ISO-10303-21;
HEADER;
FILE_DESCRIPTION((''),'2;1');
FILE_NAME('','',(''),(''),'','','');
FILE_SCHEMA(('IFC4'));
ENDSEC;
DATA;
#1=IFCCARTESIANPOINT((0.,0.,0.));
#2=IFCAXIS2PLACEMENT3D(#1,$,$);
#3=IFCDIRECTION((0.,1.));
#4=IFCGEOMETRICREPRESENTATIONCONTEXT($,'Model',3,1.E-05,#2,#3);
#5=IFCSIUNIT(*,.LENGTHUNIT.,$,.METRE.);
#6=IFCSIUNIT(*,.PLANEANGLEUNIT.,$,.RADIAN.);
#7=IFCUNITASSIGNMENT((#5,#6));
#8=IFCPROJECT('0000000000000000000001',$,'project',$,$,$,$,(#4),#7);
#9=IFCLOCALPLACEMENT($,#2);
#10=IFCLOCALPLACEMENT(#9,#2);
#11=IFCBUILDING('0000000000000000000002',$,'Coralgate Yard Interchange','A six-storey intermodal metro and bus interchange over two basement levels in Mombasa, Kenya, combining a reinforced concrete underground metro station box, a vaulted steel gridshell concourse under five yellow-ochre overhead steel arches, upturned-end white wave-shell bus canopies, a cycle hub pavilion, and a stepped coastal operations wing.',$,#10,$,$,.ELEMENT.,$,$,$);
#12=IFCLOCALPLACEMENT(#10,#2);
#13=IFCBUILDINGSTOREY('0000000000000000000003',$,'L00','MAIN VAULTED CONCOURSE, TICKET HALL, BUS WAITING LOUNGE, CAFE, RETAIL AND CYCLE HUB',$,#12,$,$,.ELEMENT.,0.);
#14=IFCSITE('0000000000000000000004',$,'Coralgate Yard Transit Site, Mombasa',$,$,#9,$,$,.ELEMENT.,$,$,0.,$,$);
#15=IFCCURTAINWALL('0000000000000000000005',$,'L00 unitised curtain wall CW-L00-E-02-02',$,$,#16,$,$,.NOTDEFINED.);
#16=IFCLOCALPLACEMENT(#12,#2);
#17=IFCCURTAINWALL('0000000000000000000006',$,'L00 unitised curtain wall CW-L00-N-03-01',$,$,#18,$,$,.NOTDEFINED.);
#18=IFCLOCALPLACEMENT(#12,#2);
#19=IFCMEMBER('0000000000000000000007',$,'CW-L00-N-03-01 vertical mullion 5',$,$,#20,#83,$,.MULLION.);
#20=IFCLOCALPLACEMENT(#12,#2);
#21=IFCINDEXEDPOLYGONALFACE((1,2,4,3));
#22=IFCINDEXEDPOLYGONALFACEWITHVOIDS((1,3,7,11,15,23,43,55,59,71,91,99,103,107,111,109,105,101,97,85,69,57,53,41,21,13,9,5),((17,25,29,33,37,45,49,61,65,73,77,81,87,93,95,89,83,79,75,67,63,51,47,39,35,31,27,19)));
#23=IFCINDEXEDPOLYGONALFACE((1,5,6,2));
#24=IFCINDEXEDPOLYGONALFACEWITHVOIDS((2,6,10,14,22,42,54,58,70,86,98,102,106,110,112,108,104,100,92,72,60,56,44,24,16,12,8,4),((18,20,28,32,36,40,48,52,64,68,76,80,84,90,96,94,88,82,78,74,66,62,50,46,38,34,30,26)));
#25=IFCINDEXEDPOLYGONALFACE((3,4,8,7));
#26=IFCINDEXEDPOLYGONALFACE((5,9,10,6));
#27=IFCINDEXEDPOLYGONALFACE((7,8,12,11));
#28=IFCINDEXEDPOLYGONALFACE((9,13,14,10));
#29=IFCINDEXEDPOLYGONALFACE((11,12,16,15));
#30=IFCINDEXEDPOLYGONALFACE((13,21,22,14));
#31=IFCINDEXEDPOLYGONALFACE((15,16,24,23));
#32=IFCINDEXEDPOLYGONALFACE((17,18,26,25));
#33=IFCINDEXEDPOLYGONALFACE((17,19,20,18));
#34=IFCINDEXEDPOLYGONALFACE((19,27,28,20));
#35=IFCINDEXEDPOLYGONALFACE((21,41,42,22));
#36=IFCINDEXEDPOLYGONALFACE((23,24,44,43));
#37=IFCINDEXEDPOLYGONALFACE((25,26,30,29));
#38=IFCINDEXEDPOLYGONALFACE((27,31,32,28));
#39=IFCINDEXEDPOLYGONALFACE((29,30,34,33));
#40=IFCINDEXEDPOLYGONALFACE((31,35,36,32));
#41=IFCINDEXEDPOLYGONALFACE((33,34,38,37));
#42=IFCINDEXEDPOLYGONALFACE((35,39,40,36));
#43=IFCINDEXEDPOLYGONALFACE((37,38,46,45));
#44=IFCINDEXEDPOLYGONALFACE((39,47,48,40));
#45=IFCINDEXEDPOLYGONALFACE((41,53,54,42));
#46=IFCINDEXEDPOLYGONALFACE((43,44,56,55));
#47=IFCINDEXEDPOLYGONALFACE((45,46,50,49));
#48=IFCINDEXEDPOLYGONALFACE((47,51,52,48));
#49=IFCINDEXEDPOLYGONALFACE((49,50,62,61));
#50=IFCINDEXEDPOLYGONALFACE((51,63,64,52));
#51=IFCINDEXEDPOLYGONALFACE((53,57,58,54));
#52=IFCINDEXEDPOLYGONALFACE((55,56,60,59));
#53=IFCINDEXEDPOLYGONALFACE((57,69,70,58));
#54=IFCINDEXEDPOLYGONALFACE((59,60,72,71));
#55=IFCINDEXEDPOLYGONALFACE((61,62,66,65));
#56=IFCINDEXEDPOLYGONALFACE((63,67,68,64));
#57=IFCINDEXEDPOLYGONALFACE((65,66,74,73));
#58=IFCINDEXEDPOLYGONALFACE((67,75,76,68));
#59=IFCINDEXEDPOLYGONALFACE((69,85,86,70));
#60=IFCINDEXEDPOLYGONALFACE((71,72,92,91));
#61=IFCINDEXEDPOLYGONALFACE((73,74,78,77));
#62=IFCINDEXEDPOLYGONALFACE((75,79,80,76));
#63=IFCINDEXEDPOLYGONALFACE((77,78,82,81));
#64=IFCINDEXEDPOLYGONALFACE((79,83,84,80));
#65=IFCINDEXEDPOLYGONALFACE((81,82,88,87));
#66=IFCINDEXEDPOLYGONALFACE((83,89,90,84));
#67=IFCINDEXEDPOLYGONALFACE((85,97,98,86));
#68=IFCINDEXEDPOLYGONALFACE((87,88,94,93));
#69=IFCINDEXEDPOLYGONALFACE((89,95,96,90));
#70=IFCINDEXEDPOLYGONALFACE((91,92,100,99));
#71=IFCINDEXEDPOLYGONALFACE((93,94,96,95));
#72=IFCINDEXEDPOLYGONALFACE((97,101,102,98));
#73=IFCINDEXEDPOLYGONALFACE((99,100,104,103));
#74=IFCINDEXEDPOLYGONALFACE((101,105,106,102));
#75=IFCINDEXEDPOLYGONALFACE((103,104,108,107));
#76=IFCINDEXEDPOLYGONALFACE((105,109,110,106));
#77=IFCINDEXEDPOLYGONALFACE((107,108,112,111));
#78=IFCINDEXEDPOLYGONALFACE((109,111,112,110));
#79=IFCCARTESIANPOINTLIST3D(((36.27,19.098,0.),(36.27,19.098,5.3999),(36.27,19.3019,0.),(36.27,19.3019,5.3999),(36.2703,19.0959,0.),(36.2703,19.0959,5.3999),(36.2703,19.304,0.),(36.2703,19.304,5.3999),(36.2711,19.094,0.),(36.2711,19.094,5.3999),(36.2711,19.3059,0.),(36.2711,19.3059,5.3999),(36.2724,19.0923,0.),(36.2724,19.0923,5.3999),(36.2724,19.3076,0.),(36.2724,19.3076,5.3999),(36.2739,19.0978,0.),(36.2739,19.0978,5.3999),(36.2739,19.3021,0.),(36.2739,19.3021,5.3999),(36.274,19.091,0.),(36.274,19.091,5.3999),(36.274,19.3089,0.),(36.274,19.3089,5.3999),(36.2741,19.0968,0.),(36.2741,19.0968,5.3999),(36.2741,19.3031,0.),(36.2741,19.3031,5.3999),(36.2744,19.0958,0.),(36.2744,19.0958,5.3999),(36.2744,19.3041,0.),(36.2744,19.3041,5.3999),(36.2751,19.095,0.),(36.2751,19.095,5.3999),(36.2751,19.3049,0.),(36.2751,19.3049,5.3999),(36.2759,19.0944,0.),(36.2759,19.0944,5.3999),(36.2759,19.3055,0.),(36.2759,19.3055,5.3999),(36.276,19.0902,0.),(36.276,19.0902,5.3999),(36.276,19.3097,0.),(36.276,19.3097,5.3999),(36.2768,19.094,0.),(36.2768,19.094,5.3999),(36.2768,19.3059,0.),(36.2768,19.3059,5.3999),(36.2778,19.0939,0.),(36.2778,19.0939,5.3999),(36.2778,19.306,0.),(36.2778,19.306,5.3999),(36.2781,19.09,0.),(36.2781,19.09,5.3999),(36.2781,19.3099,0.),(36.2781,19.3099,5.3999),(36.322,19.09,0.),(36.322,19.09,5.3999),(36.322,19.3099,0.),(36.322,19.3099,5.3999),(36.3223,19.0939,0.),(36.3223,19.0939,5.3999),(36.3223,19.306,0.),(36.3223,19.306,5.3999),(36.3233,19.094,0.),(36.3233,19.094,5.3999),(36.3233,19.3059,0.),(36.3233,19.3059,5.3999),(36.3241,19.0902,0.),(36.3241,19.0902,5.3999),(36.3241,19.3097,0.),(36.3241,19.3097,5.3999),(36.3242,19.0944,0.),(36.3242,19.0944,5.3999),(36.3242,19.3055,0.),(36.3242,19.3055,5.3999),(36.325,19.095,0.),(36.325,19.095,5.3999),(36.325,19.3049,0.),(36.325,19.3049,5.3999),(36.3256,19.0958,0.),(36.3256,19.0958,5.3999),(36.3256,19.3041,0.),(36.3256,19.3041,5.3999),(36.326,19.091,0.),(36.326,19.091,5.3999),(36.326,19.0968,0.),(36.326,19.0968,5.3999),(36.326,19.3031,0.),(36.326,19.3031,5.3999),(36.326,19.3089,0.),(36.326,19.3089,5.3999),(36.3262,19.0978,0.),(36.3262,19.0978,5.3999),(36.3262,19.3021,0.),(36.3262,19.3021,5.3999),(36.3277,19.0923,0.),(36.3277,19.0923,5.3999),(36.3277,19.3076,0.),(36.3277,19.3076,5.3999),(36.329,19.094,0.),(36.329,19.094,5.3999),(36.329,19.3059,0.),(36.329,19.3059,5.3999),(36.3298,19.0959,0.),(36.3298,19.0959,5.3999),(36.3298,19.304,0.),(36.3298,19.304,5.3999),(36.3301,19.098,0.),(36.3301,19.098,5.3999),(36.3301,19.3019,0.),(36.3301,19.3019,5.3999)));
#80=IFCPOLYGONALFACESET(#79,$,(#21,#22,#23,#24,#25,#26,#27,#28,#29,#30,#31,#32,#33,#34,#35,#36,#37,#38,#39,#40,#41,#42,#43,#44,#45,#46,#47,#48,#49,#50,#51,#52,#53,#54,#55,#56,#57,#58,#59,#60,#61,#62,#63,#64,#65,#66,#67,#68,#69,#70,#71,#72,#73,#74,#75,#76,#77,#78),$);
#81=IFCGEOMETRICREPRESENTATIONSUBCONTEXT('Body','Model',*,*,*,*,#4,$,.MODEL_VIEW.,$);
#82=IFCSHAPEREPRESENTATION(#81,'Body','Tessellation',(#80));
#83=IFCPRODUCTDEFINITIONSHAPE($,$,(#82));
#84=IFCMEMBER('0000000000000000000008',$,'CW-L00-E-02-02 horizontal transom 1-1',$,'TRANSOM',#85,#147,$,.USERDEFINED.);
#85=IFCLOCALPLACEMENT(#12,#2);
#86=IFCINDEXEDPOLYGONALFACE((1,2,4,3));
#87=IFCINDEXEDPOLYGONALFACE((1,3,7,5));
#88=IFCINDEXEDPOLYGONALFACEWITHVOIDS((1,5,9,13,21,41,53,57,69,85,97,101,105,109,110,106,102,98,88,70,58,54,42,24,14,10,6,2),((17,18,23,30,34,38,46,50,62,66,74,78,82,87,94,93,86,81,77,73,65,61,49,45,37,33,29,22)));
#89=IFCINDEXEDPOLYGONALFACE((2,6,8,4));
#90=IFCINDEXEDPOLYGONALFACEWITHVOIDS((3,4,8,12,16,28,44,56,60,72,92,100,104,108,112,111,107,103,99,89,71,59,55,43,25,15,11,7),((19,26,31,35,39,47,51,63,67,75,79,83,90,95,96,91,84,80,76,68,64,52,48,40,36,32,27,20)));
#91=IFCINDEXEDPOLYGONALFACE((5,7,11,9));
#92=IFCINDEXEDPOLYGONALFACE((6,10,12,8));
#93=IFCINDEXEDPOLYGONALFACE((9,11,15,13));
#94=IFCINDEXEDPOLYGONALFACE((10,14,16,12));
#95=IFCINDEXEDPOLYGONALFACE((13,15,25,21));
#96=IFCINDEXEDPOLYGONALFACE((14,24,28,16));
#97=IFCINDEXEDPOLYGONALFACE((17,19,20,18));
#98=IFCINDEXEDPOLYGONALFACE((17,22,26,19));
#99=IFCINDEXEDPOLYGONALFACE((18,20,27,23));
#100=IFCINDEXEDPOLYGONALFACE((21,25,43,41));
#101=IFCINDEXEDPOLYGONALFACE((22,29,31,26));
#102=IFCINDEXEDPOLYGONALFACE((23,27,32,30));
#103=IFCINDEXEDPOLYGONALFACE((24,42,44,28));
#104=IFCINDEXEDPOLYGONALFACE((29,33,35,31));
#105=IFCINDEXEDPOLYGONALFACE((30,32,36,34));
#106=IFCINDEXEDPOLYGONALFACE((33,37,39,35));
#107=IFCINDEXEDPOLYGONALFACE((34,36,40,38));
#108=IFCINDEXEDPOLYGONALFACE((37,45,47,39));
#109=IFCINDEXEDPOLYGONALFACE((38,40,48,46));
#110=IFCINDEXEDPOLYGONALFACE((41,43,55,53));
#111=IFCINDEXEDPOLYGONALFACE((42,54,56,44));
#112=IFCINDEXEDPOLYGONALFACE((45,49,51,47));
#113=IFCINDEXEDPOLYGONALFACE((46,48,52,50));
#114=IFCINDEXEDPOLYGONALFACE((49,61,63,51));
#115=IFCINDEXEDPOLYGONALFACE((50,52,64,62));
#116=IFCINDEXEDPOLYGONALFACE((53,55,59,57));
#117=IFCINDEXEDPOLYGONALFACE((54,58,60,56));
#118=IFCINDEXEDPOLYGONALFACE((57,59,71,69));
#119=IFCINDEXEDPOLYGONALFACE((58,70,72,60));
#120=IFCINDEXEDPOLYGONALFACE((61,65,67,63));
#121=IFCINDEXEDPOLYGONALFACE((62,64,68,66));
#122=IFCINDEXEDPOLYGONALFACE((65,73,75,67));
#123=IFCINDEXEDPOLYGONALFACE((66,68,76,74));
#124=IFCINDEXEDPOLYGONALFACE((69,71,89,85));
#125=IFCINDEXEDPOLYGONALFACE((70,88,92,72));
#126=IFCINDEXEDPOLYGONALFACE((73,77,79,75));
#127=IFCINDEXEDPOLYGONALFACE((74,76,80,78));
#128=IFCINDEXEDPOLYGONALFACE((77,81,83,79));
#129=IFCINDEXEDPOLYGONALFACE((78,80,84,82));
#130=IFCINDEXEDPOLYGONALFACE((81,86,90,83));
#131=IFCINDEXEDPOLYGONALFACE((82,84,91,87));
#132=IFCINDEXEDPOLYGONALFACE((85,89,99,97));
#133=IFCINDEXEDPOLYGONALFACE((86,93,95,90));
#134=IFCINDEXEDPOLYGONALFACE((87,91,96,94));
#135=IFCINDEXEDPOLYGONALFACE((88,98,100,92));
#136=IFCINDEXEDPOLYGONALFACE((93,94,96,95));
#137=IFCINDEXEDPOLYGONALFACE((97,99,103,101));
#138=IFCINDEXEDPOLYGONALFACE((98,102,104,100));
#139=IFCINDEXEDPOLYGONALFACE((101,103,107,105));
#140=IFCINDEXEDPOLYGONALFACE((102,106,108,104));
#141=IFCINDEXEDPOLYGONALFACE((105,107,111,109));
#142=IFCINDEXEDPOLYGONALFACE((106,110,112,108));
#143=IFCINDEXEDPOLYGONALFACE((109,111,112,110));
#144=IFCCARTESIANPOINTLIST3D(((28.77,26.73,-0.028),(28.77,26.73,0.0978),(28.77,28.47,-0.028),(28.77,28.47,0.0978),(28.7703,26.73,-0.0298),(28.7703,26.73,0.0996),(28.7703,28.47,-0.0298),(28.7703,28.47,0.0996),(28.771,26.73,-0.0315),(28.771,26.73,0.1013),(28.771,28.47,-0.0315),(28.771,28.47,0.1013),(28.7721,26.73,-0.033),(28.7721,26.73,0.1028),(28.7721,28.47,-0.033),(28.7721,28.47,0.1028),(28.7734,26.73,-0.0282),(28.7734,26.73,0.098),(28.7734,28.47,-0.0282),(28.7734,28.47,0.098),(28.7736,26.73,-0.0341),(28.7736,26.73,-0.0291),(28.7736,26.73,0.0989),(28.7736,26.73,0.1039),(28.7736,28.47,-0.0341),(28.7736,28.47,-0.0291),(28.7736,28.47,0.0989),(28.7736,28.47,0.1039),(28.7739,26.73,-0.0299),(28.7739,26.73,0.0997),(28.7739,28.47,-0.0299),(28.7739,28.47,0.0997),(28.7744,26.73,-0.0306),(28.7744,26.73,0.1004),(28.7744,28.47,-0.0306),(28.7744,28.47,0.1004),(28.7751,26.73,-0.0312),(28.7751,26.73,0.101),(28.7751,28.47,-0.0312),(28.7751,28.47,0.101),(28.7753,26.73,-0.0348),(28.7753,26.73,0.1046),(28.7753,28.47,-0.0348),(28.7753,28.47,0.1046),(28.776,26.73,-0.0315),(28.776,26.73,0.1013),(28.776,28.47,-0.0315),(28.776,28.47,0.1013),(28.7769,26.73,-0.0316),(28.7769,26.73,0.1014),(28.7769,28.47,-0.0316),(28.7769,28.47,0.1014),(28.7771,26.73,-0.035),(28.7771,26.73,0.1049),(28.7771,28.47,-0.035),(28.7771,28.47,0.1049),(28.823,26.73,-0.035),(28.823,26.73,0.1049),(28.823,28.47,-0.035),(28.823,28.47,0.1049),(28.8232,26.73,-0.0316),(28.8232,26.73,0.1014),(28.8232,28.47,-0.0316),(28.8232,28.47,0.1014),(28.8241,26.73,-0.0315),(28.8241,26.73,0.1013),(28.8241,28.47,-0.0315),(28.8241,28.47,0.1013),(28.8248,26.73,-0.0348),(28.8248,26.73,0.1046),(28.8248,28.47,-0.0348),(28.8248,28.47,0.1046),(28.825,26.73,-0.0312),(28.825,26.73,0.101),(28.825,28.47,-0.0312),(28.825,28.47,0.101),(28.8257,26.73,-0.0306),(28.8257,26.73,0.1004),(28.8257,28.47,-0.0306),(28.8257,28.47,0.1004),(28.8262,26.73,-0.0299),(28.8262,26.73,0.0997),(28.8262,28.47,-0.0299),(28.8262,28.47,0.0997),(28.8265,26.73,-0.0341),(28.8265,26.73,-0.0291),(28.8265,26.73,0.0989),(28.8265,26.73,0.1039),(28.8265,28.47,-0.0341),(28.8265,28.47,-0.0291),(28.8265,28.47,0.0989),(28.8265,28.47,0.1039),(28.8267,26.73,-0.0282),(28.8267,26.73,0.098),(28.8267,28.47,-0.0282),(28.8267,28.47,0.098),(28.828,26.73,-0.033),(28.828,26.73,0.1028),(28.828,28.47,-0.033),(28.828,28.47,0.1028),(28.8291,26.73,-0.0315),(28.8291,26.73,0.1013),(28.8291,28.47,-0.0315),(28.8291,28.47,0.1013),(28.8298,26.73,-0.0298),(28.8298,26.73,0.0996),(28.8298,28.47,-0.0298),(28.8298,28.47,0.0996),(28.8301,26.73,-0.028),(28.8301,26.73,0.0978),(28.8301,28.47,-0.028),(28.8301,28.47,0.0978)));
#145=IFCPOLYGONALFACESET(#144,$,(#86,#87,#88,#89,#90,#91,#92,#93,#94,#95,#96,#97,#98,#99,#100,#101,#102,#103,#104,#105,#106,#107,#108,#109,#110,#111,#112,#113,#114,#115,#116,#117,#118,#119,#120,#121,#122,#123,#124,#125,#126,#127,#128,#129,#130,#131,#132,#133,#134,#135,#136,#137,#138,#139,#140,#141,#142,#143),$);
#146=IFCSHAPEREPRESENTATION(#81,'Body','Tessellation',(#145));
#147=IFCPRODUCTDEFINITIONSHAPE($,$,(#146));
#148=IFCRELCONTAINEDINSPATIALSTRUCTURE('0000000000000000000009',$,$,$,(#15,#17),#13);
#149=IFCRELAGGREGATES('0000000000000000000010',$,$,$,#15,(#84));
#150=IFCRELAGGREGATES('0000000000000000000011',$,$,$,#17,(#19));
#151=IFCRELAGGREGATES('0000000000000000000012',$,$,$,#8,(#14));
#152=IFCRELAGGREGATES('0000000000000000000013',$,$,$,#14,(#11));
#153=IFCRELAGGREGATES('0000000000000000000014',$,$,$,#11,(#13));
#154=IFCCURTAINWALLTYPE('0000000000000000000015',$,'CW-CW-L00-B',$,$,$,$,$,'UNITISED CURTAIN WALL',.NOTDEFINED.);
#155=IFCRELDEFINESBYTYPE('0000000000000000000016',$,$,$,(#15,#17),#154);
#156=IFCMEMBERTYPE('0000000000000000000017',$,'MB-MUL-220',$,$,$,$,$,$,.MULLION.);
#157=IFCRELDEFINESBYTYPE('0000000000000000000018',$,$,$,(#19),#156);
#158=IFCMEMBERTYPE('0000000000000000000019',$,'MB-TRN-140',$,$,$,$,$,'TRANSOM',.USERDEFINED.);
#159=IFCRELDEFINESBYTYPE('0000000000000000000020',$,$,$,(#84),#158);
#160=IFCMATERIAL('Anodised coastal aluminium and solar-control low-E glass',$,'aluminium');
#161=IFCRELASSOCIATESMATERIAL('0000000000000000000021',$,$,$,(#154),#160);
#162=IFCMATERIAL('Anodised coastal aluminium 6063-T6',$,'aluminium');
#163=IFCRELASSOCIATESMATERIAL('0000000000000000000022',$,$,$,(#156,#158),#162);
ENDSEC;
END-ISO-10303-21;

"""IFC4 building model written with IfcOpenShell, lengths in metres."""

from ifc_helpers import new_model, si_unit, direction, frame, origin, origin_2d, place, context, subcontext, project, spatial, hollow_rectangle, extrude, material, material_profile, profile_set, type_object, element, aggregate, save


model = new_model("IFC4")

# Units and contexts
model_context = context("Model", 3, precision=1e-05, world=origin(), true_north=direction((0.0, 1.0)))
body_context = subcontext(model_context, "Body", "Model", "MODEL_VIEW")
ifc_project = project(units=[si_unit("LENGTHUNIT", "METRE"), si_unit("PLANEANGLEUNIT", "RADIAN")], contexts=[model_context])

# Site, building, storey
site_placement = place(None, origin())
site = spatial("IfcSite", under=ifc_project, at=site_placement, Name="Coralgate Yard Transit Site, Mombasa", CompositionType="ELEMENT", RefElevation=0.0)
building_placement = place(site_placement, origin())
building = spatial("IfcBuilding", under=site, at=building_placement, Name="Coralgate Yard Interchange", Description="A six-storey intermodal metro and bus interchange over two basement levels in Mombasa, Kenya, combining a reinforced concrete underground metro station box, a vaulted steel gridshell concourse under five yellow-ochre overhead steel arches, upturned-end white wave-shell bus canopies, a cycle hub pavilion, and a stepped coastal operations wing.", CompositionType="ELEMENT")
storey_placement = place(building_placement, origin())
storey = spatial("IfcBuildingStorey", under=building, at=storey_placement, Name="L00", Description="MAIN VAULTED CONCOURSE, TICKET HALL, BUS WAITING LOUNGE, CAFE, RETAIL AND CYCLE HUB", CompositionType="ELEMENT", Elevation=0.0)

# Curtain wall
ifc_material_1 = material(Name="Anodised coastal aluminium and solar-control low-E glass", Category="aluminium")
curtain_wall_type_1 = type_object("IfcCurtainWallType", Name="CW-CW-L00-B", ElementType="UNITISED CURTAIN WALL", PredefinedType="NOTDEFINED", material=ifc_material_1)
curtain_wall_1_placement = place(storey_placement, origin())
curtain_wall_1 = element("IfcCurtainWall", 1, at=curtain_wall_1_placement, inside=storey, type_object=curtain_wall_type_1, Name="L00 unitised curtain wall CW-L00-E-02-02", PredefinedType="NOTDEFINED")
ifc_material_2 = material(Name="Anodised coastal aluminium 6063-T6", Category="aluminium")
ifc_material_profile_1 = material_profile(ifc_material_2, hollow_rectangle(XDim=0.0601, YDim=0.22, WallThickness=0.0039, InnerFilletRadius=0.0039, OuterFilletRadius=0.0081, at=origin_2d()), Name="ALU 60x220x4")
ifc_profile_set_1 = profile_set([ifc_material_profile_1], Name="Anodised coastal aluminium 6063-T6")
member_type_1 = type_object("IfcMemberType", Name="MB-MUL-220", PredefinedType="MULLION", material=ifc_profile_set_1)

# Curtain wall, member
curtain_wall_2_placement = place(storey_placement, origin())
curtain_wall_2 = element("IfcCurtainWall", 2, at=curtain_wall_2_placement, inside=storey, type_object=curtain_wall_type_1, Name="L00 unitised curtain wall CW-L00-N-03-01", PredefinedType="NOTDEFINED")
member_1_placement = place(storey_placement, frame((36.3, 19.2, 0.0), z_axis=(0.0, 0.0, 1.0), x_axis=(1.0, 0.0, 0.0)))
member_1 = element("IfcMember", 3, at=member_1_placement, type_object=member_type_1, Name="CW-L00-N-03-01 vertical mullion 5", PredefinedType="MULLION", context=body_context, shape_type="SweptSolid", body=[
    extrude(hollow_rectangle(XDim=0.0601, YDim=0.22, WallThickness=0.0039, InnerFilletRadius=0.0039, OuterFilletRadius=0.0081, at=origin_2d()), origin(), (0.0, 0.0, 1.0), 5.3999),
])

# Member
ifc_material_profile_2 = material_profile(ifc_material_2, hollow_rectangle(XDim=0.0601, YDim=0.1399, WallThickness=0.0034, InnerFilletRadius=0.0034, OuterFilletRadius=0.0071, at=origin_2d()), Name="ALU 60x140x3.5")
ifc_profile_set_2 = profile_set([ifc_material_profile_2], Name="Anodised coastal aluminium 6063-T6")
member_type_2 = type_object("IfcMemberType", Name="MB-TRN-140", ElementType="TRANSOM", PredefinedType="USERDEFINED", material=ifc_profile_set_2)
member_2_placement = place(storey_placement, frame((28.8, 28.47, 0.0349), z_axis=(0.0, -1.0, 0.0), x_axis=(1.0, 0.0, 0.0)))
member_2 = element("IfcMember", 4, at=member_2_placement, type_object=member_type_2, Name="CW-L00-E-02-02 horizontal transom 1-1", ObjectType="TRANSOM", PredefinedType="USERDEFINED", context=body_context, shape_type="SweptSolid", body=[
    extrude(hollow_rectangle(XDim=0.0601, YDim=0.1399, WallThickness=0.0034, InnerFilletRadius=0.0034, OuterFilletRadius=0.0071, at=origin_2d()), origin(), (0.0, 0.0, 1.0), 1.74),
])

aggregate(curtain_wall_1, [member_2])
aggregate(curtain_wall_2, [member_1])

save(model, "model.ifc")
